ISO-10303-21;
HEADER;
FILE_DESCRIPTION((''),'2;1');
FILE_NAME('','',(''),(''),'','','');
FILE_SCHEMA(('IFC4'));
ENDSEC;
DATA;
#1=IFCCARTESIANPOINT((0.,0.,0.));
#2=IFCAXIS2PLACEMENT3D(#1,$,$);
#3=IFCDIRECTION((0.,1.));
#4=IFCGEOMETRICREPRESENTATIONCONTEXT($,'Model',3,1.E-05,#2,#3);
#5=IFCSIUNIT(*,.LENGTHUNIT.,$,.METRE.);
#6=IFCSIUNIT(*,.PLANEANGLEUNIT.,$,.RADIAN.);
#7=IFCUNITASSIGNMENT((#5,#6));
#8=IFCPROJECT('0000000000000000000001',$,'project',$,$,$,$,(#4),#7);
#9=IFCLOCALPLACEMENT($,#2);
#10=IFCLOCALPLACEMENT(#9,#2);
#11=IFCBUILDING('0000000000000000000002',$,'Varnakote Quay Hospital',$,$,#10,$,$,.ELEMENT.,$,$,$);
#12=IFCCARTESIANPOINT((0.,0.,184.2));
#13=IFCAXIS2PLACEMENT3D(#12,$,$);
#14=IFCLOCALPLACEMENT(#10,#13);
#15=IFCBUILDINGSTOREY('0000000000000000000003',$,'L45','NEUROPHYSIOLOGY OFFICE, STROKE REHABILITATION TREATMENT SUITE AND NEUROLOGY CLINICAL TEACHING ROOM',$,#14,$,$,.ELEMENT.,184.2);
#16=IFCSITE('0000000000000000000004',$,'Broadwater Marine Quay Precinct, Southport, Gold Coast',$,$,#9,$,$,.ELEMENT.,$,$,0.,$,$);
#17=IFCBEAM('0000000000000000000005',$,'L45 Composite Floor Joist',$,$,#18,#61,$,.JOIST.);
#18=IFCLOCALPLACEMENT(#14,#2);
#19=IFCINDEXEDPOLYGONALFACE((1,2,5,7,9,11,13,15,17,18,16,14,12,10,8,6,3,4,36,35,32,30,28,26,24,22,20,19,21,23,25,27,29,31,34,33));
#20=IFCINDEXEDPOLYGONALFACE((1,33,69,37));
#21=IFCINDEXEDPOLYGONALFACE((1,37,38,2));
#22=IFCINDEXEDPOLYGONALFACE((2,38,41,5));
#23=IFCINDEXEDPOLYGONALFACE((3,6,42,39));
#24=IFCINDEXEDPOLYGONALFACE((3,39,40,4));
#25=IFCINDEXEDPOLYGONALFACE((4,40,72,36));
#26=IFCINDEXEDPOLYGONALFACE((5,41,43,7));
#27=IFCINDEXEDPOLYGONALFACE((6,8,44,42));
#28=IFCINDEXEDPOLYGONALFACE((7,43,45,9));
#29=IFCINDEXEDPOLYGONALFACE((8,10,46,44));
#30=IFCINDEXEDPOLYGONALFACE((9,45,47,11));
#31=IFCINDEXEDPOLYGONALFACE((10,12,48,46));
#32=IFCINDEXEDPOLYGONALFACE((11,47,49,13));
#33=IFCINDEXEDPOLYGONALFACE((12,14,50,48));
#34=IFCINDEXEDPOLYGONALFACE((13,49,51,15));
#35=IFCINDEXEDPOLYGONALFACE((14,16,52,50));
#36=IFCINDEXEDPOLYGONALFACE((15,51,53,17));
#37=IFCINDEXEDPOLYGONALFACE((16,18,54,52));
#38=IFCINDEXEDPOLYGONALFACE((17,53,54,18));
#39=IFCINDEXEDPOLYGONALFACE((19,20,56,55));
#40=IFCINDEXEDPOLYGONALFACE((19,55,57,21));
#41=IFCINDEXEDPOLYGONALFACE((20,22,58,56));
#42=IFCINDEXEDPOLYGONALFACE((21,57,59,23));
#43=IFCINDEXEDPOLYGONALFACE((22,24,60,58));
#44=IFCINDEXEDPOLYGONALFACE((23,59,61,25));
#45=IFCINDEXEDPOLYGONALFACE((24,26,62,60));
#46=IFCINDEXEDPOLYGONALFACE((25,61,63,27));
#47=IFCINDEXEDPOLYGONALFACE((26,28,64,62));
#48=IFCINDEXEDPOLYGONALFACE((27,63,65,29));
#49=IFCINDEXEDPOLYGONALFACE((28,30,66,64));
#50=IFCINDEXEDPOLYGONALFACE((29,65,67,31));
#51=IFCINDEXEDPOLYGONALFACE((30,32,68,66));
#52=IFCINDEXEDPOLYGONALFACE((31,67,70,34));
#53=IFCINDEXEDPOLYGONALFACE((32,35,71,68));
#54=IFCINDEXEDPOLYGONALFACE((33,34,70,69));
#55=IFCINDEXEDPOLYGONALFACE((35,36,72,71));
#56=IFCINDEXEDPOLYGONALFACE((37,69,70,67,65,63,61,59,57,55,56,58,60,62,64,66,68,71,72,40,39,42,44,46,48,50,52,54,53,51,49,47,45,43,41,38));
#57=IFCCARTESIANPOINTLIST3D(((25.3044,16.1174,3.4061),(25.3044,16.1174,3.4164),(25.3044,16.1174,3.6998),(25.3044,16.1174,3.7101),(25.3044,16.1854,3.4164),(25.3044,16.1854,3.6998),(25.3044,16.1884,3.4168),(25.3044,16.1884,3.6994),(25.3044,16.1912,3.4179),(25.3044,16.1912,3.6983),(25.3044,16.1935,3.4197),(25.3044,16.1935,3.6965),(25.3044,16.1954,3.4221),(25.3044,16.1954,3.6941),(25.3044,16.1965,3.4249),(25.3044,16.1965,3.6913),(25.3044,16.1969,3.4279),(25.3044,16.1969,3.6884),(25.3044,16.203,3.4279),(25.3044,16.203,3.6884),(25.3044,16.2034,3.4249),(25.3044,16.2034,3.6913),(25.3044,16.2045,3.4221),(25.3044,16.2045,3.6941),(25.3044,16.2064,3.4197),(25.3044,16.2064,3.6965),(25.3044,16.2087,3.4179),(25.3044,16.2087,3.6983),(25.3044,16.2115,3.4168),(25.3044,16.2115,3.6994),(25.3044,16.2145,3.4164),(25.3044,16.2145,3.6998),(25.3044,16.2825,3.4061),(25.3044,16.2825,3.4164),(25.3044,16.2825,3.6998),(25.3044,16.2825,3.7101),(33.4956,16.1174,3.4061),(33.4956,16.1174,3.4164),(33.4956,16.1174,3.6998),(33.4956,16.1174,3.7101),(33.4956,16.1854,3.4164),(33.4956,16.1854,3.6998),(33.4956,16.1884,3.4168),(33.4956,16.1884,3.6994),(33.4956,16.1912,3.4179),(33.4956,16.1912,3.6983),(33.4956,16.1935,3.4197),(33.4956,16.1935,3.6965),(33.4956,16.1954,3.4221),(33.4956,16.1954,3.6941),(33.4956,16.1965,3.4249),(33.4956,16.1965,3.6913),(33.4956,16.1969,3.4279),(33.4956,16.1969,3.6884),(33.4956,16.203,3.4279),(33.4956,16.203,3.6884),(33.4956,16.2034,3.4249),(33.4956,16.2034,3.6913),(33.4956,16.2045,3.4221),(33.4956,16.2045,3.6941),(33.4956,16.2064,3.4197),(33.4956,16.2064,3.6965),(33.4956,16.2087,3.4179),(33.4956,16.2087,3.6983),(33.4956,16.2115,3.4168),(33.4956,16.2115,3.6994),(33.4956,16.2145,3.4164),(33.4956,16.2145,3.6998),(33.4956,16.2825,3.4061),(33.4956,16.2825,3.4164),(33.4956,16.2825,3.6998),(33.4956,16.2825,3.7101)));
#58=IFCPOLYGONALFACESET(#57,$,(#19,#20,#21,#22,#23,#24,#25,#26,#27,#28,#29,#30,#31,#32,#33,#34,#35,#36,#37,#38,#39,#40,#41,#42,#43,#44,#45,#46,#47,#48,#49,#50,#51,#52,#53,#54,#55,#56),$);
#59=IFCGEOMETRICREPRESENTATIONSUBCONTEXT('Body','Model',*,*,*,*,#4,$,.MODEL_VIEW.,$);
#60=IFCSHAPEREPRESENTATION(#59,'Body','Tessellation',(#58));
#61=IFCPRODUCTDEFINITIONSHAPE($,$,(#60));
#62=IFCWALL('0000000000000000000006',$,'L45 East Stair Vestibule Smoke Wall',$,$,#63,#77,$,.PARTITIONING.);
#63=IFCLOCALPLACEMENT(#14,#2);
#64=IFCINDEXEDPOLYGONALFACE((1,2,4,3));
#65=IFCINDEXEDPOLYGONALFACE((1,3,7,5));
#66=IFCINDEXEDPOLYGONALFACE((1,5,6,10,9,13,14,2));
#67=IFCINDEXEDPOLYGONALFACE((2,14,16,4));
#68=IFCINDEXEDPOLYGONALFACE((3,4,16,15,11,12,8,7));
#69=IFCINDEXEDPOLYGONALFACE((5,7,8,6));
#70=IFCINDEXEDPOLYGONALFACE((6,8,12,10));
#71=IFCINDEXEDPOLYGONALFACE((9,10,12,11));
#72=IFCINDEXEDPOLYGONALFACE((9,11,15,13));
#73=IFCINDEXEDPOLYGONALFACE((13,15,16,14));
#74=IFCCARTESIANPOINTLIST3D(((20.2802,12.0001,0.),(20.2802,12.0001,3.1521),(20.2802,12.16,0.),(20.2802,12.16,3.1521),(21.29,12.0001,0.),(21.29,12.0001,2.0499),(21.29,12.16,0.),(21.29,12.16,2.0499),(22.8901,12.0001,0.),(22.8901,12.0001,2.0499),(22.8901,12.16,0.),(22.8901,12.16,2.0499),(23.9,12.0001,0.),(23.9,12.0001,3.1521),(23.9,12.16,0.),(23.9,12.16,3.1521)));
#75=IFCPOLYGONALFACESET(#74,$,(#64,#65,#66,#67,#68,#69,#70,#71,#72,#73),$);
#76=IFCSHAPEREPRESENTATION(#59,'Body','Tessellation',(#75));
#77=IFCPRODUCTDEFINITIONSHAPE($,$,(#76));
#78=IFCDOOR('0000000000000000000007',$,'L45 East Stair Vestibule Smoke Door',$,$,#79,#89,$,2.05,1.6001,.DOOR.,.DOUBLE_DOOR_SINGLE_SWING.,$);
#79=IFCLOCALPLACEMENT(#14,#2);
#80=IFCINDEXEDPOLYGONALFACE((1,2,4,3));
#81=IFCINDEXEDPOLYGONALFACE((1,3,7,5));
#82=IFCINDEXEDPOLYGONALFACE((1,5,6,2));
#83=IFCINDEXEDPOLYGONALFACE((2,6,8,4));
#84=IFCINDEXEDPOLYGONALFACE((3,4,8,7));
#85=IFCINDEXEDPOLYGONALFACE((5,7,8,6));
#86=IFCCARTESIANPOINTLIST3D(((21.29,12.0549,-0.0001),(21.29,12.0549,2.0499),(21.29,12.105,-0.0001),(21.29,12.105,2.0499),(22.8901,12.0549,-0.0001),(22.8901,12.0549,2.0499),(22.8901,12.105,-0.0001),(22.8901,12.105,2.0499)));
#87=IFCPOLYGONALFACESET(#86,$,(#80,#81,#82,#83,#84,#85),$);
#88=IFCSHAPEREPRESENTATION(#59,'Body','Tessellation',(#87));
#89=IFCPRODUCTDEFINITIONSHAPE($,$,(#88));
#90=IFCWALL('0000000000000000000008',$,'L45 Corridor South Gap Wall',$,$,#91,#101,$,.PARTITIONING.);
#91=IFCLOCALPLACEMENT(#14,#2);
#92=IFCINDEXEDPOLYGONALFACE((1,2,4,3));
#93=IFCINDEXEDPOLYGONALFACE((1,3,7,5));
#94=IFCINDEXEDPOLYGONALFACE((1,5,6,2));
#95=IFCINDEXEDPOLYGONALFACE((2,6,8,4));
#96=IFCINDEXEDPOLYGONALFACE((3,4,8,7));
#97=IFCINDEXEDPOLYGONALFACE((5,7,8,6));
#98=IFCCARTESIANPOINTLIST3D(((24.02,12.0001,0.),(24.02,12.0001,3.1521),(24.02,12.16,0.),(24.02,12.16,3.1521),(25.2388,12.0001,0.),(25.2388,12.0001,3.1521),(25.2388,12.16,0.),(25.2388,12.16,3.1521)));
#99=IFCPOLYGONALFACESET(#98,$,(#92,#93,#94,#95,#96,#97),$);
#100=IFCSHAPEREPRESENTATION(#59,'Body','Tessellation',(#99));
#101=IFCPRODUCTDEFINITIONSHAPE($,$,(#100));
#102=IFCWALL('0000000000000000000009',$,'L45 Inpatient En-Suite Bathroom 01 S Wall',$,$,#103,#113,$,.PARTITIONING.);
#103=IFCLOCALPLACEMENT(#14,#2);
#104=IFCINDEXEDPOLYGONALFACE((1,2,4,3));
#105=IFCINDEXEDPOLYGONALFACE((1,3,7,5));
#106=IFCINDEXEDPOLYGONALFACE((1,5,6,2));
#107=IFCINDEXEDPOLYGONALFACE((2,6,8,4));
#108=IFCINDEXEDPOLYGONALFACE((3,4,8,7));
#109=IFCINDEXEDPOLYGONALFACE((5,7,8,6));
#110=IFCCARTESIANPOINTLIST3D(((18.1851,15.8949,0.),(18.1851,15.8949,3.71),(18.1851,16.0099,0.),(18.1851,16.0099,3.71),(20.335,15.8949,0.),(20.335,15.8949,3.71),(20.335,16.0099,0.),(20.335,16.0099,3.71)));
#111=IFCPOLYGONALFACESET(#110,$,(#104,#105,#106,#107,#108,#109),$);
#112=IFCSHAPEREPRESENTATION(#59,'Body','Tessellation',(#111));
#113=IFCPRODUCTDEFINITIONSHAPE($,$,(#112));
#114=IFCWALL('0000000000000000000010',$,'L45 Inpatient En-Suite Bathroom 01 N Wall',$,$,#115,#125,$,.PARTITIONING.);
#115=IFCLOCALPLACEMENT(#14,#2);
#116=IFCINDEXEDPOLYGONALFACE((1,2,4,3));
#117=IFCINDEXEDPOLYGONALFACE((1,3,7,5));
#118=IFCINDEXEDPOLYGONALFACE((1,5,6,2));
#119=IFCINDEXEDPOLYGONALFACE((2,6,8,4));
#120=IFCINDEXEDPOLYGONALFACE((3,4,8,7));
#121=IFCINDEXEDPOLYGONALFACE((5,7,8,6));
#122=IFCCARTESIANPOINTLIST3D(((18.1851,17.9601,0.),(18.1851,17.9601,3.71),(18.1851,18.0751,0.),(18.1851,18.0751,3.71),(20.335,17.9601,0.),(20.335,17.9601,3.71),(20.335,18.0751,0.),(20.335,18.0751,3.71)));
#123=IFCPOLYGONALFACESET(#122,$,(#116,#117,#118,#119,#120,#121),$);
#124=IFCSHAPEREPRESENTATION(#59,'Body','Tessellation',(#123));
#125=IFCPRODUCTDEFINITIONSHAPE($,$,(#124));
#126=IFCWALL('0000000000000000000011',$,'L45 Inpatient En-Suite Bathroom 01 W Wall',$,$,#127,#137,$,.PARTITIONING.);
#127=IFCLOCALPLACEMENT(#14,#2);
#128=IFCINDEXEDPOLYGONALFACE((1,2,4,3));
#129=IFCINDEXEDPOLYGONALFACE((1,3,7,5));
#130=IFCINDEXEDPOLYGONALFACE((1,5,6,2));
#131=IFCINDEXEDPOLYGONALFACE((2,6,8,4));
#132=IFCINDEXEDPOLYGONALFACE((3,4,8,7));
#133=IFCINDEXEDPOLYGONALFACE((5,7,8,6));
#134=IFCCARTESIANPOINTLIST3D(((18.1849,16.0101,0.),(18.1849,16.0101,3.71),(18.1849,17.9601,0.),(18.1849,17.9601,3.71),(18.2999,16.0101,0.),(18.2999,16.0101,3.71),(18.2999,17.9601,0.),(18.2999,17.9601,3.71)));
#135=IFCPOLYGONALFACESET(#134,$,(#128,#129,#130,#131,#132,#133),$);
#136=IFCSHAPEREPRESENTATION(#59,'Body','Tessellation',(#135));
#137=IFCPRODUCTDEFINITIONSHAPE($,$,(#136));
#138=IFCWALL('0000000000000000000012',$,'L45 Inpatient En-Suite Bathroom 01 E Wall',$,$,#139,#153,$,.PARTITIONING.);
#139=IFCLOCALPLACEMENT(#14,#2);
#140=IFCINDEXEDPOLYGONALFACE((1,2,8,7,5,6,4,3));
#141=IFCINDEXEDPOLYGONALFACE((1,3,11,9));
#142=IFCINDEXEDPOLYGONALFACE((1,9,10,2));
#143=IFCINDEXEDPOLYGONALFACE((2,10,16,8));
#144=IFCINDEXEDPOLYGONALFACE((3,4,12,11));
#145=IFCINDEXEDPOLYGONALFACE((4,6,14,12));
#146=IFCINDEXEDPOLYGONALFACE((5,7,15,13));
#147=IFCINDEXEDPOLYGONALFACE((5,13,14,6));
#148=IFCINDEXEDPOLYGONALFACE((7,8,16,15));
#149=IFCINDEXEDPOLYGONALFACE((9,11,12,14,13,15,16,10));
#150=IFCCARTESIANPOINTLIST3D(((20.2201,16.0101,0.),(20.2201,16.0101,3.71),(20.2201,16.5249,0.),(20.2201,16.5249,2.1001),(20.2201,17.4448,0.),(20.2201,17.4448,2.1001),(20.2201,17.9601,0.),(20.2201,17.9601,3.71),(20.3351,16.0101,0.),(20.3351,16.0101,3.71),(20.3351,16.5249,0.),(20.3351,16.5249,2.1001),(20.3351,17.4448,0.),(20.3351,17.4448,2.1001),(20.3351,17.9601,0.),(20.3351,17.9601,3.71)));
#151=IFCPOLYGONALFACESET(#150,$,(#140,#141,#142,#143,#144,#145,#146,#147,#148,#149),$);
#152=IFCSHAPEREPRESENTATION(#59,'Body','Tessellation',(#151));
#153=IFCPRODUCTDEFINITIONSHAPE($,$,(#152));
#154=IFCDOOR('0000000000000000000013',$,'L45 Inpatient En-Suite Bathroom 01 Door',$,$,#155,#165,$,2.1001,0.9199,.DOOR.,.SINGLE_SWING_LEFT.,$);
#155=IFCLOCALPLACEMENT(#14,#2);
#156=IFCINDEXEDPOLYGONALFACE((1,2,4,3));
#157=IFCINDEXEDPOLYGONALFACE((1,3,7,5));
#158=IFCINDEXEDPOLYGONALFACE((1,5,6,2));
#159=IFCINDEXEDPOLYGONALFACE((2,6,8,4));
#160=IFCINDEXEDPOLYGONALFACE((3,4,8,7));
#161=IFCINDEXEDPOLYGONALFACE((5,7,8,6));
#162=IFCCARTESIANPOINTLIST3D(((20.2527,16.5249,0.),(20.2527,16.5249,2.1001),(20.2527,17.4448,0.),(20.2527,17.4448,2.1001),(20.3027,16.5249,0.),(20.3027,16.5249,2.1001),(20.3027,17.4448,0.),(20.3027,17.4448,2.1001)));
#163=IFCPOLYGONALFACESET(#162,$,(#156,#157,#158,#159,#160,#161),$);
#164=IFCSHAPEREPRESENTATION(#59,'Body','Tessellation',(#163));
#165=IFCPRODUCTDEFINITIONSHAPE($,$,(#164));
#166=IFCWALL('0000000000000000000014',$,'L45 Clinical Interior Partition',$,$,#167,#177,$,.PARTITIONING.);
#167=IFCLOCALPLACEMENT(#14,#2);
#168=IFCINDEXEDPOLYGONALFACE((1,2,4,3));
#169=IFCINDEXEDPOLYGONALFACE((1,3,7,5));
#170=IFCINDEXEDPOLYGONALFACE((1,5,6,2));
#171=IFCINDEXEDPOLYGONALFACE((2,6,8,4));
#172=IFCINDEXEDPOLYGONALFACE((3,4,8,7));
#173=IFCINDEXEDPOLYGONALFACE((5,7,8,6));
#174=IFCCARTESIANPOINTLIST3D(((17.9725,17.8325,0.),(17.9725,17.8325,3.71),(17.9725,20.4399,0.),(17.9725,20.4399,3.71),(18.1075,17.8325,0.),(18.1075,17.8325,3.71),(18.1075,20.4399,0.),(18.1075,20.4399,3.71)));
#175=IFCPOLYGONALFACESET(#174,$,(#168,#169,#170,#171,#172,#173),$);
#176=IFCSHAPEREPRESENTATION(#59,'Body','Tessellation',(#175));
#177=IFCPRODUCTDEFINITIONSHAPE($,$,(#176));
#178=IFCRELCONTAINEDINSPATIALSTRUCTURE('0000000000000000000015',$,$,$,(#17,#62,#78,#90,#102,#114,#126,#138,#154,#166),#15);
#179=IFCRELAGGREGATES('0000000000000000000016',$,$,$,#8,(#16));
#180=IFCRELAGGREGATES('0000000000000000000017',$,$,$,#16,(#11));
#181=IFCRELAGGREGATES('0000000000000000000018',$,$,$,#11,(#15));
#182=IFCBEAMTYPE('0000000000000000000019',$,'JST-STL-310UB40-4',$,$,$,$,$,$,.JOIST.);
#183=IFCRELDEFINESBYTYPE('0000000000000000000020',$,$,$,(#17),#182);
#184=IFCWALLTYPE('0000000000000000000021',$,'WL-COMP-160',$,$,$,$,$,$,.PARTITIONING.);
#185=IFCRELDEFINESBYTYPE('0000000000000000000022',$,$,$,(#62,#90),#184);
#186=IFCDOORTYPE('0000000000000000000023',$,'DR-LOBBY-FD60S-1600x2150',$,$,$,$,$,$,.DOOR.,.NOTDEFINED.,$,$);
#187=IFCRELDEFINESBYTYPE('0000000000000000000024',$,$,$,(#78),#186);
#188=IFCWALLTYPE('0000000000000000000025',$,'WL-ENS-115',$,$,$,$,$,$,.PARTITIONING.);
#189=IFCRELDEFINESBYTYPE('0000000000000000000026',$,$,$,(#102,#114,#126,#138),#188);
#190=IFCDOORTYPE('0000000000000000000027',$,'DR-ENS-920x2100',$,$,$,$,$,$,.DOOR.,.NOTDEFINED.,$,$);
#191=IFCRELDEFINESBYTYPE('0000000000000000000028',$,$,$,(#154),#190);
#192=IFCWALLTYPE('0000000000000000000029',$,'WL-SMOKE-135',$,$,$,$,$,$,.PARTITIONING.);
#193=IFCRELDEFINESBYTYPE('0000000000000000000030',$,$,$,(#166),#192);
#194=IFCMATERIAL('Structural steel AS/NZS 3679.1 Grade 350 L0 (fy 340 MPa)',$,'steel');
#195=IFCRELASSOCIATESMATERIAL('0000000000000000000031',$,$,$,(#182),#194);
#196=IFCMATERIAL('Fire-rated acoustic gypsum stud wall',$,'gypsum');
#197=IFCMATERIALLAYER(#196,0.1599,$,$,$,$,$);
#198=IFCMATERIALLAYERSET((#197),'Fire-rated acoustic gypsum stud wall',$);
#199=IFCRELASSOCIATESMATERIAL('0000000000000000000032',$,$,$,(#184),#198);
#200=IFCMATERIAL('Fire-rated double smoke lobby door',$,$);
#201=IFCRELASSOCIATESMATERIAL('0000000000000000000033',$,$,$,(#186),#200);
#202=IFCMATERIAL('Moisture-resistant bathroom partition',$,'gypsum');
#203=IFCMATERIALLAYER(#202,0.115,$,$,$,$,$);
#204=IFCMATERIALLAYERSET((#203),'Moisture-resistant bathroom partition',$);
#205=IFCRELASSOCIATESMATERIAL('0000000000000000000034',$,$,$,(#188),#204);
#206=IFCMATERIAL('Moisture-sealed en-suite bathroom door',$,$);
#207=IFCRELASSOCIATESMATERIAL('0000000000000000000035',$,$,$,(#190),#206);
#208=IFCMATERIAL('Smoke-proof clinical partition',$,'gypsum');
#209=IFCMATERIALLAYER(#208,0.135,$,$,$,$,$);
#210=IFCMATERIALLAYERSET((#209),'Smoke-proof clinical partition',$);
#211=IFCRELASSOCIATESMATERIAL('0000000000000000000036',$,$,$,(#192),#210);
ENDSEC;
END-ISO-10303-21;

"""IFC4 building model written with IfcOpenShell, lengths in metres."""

from ifc_helpers import new_model, si_unit, direction, frame, frame_2d, origin, origin_2d, place, context, subcontext, project, spatial, rectangle, i_section, extrude, material, layer, layer_set, material_profile, profile_set, type_object, element, fill, save


model = new_model("IFC4")

# Units and contexts
model_context = context("Model", 3, precision=1e-05, world=origin(), true_north=direction((0.0, 1.0)))
body_context = subcontext(model_context, "Body", "Model", "MODEL_VIEW")
ifc_project = project(units=[si_unit("LENGTHUNIT", "METRE"), si_unit("PLANEANGLEUNIT", "RADIAN")], contexts=[model_context])

# Site, building, storey
site_placement = place(None, origin())
site = spatial("IfcSite", under=ifc_project, at=site_placement, Name="Broadwater Marine Quay Precinct, Southport, Gold Coast", CompositionType="ELEMENT", RefElevation=0.0)
building_placement = place(site_placement, origin())
building = spatial("IfcBuilding", under=site, at=building_placement, Name="Varnakote Quay Hospital", CompositionType="ELEMENT")
storey_placement = place(building_placement, frame((0.0, 0.0, 184.2)))
storey = spatial("IfcBuildingStorey", under=building, at=storey_placement, Name="L45", Description="NEUROPHYSIOLOGY OFFICE, STROKE REHABILITATION TREATMENT SUITE AND NEUROLOGY CLINICAL TEACHING ROOM", CompositionType="ELEMENT", Elevation=184.2)

# Beam
ifc_material_1 = material(Name="Structural steel AS/NZS 3679.1 Grade 350 L0 (fy 340 MPa)", Category="steel")
ifc_material_profile_1 = material_profile(ifc_material_1, i_section(OverallWidth=0.165, OverallDepth=0.304, WebThickness=0.0061, FlangeThickness=0.0103, FilletRadius=0.0115, at=origin_2d()), Name="310UB40.4")
ifc_profile_set_1 = profile_set([ifc_material_profile_1], Name="Structural steel AS/NZS 3679.1 Grade 350 L0 (fy 340 MPa)")
beam_type_1 = type_object("IfcBeamType", Name="JST-STL-310UB40-4", PredefinedType="JOIST", material=ifc_profile_set_1)
beam_1_placement = place(storey_placement, frame((25.3044, 16.2, 3.5581), z_axis=(1.0, 0.0, 0.0), x_axis=(0.0, 1.0, 0.0)))
element("IfcBeam", 1, at=beam_1_placement, inside=storey, type_object=beam_type_1, Name="L45 Composite Floor Joist", PredefinedType="JOIST", context=body_context, shape_type="SweptSolid", body=[
    extrude(i_section(OverallWidth=0.165, OverallDepth=0.304, WebThickness=0.0061, FlangeThickness=0.0103, FilletRadius=0.0115, at=origin_2d()), origin(), (0.0, 0.0, 1.0), 8.1912),
])

# Wall, opening, door
ifc_material_2 = material(Name="Fire-rated acoustic gypsum stud wall", Category="gypsum")
ifc_layer_1 = layer(ifc_material_2, 0.1599)
ifc_layer_set_1 = layer_set([ifc_layer_1], Name="Fire-rated acoustic gypsum stud wall")
wall_type_1 = type_object("IfcWallType", Name="WL-COMP-160", PredefinedType="PARTITIONING", material=ifc_layer_set_1)
wall_1_placement = place(storey_placement, frame((20.28, 12.0801, 0.0), z_axis=(0.0, 0.0, 1.0), x_axis=(1.0, 0.0, 0.0)))
wall_1 = element("IfcWall", 2, at=wall_1_placement, inside=storey, type_object=wall_type_1, Name="L45 East Stair Vestibule Smoke Wall", PredefinedType="PARTITIONING", context=body_context, shape_type="SweptSolid", body=[
    extrude(rectangle(XDim=3.6199, YDim=0.1599, at=frame_2d((1.8101, 0.0))), origin(), (0.0, 0.0, 1.0), 3.1521),
])
opening_1_placement = place(wall_1_placement, frame((1.01, 0.0, 0.0)))
opening_1 = element("IfcOpeningElement", 3, at=opening_1_placement, cuts=wall_1, PredefinedType="OPENING", context=body_context, shape_type="SweptSolid", body=[
    extrude(rectangle(XDim=1.6001, YDim=2.05, at=frame_2d((0.8, 1.0249))), frame((0.0, 0.0898, 0.0), z_axis=(0.0, -1.0, 0.0), x_axis=(1.0, 0.0, 0.0)), (0.0, 0.0, 1.0), 0.1799),
])
ifc_material_3 = material(Name="Fire-rated double smoke lobby door")
door_type_1 = type_object("IfcDoorType", Name="DR-LOBBY-FD60S-1600x2150", OperationType="NOTDEFINED", PredefinedType="DOOR", material=ifc_material_3)
door_1_placement = place(opening_1_placement, origin())
door_1 = element("IfcDoor", 4, at=door_1_placement, inside=storey, type_object=door_type_1, Name="L45 East Stair Vestibule Smoke Door", OperationType="DOUBLE_DOOR_SINGLE_SWING", OverallHeight=2.05, OverallWidth=1.6001, PredefinedType="DOOR", context=body_context, shape_type="SweptSolid", body=[
    extrude(rectangle(XDim=1.6001, YDim=2.05, at=frame_2d((0.8, 1.0249))), frame((0.0, 0.0249, 0.0), z_axis=(0.0, -1.0, 0.0), x_axis=(1.0, 0.0, 0.0)), (0.0, 0.0, 1.0), 0.05),
])
fill(opening_1, door_1)

# Walls
wall_2_placement = place(storey_placement, frame((24.02, 12.0801, 0.0), z_axis=(0.0, 0.0, 1.0), x_axis=(1.0, 0.0, 0.0)))
element("IfcWall", 5, at=wall_2_placement, inside=storey, type_object=wall_type_1, Name="L45 Corridor South Gap Wall", PredefinedType="PARTITIONING", context=body_context, shape_type="SweptSolid", body=[
    extrude(rectangle(XDim=1.2188, YDim=0.1599, at=frame_2d((0.6094, 0.0))), origin(), (0.0, 0.0, 1.0), 3.1521),
])
ifc_material_4 = material(Name="Moisture-resistant bathroom partition", Category="gypsum")
ifc_layer_2 = layer(ifc_material_4, 0.115)
ifc_layer_set_2 = layer_set([ifc_layer_2], Name="Moisture-resistant bathroom partition")
wall_type_2 = type_object("IfcWallType", Name="WL-ENS-115", PredefinedType="PARTITIONING", material=ifc_layer_set_2)
for number, where, z_axis, x_axis, name in (
    (6, (18.1851, 15.9524, 0.0), (0.0, 0.0, 1.0), (1.0, 0.0, 0.0), "L45 Inpatient En-Suite Bathroom 01 S Wall"),
    (7, (18.1851, 18.0176, 0.0), (0.0, 0.0, 1.0), (1.0, 0.0, 0.0), "L45 Inpatient En-Suite Bathroom 01 N Wall"),
):
    element("IfcWall", number, at=place(storey_placement, frame(where, z_axis=z_axis, x_axis=x_axis)), inside=storey, type_object=wall_type_2, Name=name, PredefinedType="PARTITIONING", context=body_context, shape_type="SweptSolid", body=[
        extrude(rectangle(XDim=2.1499, YDim=0.115, at=frame_2d((1.075, 0.0))), origin(), (0.0, 0.0, 1.0), 3.71),
    ])
wall_3_placement = place(storey_placement, frame((18.2424, 16.01, 0.0), z_axis=(0.0, 0.0, 1.0), x_axis=(0.0, 1.0, 0.0)))
element("IfcWall", 8, at=wall_3_placement, inside=storey, type_object=wall_type_2, Name="L45 Inpatient En-Suite Bathroom 01 W Wall", PredefinedType="PARTITIONING", context=body_context, shape_type="SweptSolid", body=[
    extrude(rectangle(XDim=1.95, YDim=0.115, at=frame_2d((0.9751, 0.0))), origin(), (0.0, 0.0, 1.0), 3.71),
])

# Wall, opening, door
wall_4_placement = place(storey_placement, frame((20.2776, 16.01, 0.0), z_axis=(0.0, 0.0, 1.0), x_axis=(0.0, 1.0, 0.0)))
wall_4 = element("IfcWall", 9, at=wall_4_placement, inside=storey, type_object=wall_type_2, Name="L45 Inpatient En-Suite Bathroom 01 E Wall", PredefinedType="PARTITIONING", context=body_context, shape_type="SweptSolid", body=[
    extrude(rectangle(XDim=1.95, YDim=0.115, at=frame_2d((0.9751, 0.0))), origin(), (0.0, 0.0, 1.0), 3.71),
])
opening_2_placement = place(wall_4_placement, frame((0.5149, 0.0, 0.0)))
opening_2 = element("IfcOpeningElement", 10, at=opening_2_placement, cuts=wall_4, PredefinedType="OPENING", context=body_context, shape_type="SweptSolid", body=[
    extrude(rectangle(XDim=0.9199, YDim=2.1001, at=frame_2d((0.46, 1.05))), frame((0.0, 0.0674, 0.0), z_axis=(0.0, -1.0, 0.0), x_axis=(1.0, 0.0, 0.0)), (0.0, 0.0, 1.0), 0.135),
])
ifc_material_5 = material(Name="Moisture-sealed en-suite bathroom door")
door_type_2 = type_object("IfcDoorType", Name="DR-ENS-920x2100", OperationType="NOTDEFINED", PredefinedType="DOOR", material=ifc_material_5)
door_2_placement = place(opening_2_placement, origin())
door_2 = element("IfcDoor", 11, at=door_2_placement, inside=storey, type_object=door_type_2, Name="L45 Inpatient En-Suite Bathroom 01 Door", OperationType="SINGLE_SWING_LEFT", OverallHeight=2.1001, OverallWidth=0.9199, PredefinedType="DOOR", context=body_context, shape_type="SweptSolid", body=[
    extrude(rectangle(XDim=0.9199, YDim=2.1001, at=frame_2d((0.46, 1.05))), frame((0.0, 0.0249, 0.0), z_axis=(0.0, -1.0, 0.0), x_axis=(1.0, 0.0, 0.0)), (0.0, 0.0, 1.0), 0.05),
])
fill(opening_2, door_2)

# Wall
ifc_material_6 = material(Name="Smoke-proof clinical partition", Category="gypsum")
ifc_layer_3 = layer(ifc_material_6, 0.135)
ifc_layer_set_3 = layer_set([ifc_layer_3], Name="Smoke-proof clinical partition")
wall_type_3 = type_object("IfcWallType", Name="WL-SMOKE-135", PredefinedType="PARTITIONING", material=ifc_layer_set_3)
wall_5_placement = place(storey_placement, frame((18.04, 17.8325, 0.0), z_axis=(0.0, 0.0, 1.0), x_axis=(0.0, 1.0, 0.0)))
element("IfcWall", 12, at=wall_5_placement, inside=storey, type_object=wall_type_3, Name="L45 Clinical Interior Partition", PredefinedType="PARTITIONING", context=body_context, shape_type="SweptSolid", body=[
    extrude(rectangle(XDim=2.6074, YDim=0.135, at=frame_2d((1.3037, 0.0))), origin(), (0.0, 0.0, 1.0), 3.71),
])

save(model, "model.ifc")
